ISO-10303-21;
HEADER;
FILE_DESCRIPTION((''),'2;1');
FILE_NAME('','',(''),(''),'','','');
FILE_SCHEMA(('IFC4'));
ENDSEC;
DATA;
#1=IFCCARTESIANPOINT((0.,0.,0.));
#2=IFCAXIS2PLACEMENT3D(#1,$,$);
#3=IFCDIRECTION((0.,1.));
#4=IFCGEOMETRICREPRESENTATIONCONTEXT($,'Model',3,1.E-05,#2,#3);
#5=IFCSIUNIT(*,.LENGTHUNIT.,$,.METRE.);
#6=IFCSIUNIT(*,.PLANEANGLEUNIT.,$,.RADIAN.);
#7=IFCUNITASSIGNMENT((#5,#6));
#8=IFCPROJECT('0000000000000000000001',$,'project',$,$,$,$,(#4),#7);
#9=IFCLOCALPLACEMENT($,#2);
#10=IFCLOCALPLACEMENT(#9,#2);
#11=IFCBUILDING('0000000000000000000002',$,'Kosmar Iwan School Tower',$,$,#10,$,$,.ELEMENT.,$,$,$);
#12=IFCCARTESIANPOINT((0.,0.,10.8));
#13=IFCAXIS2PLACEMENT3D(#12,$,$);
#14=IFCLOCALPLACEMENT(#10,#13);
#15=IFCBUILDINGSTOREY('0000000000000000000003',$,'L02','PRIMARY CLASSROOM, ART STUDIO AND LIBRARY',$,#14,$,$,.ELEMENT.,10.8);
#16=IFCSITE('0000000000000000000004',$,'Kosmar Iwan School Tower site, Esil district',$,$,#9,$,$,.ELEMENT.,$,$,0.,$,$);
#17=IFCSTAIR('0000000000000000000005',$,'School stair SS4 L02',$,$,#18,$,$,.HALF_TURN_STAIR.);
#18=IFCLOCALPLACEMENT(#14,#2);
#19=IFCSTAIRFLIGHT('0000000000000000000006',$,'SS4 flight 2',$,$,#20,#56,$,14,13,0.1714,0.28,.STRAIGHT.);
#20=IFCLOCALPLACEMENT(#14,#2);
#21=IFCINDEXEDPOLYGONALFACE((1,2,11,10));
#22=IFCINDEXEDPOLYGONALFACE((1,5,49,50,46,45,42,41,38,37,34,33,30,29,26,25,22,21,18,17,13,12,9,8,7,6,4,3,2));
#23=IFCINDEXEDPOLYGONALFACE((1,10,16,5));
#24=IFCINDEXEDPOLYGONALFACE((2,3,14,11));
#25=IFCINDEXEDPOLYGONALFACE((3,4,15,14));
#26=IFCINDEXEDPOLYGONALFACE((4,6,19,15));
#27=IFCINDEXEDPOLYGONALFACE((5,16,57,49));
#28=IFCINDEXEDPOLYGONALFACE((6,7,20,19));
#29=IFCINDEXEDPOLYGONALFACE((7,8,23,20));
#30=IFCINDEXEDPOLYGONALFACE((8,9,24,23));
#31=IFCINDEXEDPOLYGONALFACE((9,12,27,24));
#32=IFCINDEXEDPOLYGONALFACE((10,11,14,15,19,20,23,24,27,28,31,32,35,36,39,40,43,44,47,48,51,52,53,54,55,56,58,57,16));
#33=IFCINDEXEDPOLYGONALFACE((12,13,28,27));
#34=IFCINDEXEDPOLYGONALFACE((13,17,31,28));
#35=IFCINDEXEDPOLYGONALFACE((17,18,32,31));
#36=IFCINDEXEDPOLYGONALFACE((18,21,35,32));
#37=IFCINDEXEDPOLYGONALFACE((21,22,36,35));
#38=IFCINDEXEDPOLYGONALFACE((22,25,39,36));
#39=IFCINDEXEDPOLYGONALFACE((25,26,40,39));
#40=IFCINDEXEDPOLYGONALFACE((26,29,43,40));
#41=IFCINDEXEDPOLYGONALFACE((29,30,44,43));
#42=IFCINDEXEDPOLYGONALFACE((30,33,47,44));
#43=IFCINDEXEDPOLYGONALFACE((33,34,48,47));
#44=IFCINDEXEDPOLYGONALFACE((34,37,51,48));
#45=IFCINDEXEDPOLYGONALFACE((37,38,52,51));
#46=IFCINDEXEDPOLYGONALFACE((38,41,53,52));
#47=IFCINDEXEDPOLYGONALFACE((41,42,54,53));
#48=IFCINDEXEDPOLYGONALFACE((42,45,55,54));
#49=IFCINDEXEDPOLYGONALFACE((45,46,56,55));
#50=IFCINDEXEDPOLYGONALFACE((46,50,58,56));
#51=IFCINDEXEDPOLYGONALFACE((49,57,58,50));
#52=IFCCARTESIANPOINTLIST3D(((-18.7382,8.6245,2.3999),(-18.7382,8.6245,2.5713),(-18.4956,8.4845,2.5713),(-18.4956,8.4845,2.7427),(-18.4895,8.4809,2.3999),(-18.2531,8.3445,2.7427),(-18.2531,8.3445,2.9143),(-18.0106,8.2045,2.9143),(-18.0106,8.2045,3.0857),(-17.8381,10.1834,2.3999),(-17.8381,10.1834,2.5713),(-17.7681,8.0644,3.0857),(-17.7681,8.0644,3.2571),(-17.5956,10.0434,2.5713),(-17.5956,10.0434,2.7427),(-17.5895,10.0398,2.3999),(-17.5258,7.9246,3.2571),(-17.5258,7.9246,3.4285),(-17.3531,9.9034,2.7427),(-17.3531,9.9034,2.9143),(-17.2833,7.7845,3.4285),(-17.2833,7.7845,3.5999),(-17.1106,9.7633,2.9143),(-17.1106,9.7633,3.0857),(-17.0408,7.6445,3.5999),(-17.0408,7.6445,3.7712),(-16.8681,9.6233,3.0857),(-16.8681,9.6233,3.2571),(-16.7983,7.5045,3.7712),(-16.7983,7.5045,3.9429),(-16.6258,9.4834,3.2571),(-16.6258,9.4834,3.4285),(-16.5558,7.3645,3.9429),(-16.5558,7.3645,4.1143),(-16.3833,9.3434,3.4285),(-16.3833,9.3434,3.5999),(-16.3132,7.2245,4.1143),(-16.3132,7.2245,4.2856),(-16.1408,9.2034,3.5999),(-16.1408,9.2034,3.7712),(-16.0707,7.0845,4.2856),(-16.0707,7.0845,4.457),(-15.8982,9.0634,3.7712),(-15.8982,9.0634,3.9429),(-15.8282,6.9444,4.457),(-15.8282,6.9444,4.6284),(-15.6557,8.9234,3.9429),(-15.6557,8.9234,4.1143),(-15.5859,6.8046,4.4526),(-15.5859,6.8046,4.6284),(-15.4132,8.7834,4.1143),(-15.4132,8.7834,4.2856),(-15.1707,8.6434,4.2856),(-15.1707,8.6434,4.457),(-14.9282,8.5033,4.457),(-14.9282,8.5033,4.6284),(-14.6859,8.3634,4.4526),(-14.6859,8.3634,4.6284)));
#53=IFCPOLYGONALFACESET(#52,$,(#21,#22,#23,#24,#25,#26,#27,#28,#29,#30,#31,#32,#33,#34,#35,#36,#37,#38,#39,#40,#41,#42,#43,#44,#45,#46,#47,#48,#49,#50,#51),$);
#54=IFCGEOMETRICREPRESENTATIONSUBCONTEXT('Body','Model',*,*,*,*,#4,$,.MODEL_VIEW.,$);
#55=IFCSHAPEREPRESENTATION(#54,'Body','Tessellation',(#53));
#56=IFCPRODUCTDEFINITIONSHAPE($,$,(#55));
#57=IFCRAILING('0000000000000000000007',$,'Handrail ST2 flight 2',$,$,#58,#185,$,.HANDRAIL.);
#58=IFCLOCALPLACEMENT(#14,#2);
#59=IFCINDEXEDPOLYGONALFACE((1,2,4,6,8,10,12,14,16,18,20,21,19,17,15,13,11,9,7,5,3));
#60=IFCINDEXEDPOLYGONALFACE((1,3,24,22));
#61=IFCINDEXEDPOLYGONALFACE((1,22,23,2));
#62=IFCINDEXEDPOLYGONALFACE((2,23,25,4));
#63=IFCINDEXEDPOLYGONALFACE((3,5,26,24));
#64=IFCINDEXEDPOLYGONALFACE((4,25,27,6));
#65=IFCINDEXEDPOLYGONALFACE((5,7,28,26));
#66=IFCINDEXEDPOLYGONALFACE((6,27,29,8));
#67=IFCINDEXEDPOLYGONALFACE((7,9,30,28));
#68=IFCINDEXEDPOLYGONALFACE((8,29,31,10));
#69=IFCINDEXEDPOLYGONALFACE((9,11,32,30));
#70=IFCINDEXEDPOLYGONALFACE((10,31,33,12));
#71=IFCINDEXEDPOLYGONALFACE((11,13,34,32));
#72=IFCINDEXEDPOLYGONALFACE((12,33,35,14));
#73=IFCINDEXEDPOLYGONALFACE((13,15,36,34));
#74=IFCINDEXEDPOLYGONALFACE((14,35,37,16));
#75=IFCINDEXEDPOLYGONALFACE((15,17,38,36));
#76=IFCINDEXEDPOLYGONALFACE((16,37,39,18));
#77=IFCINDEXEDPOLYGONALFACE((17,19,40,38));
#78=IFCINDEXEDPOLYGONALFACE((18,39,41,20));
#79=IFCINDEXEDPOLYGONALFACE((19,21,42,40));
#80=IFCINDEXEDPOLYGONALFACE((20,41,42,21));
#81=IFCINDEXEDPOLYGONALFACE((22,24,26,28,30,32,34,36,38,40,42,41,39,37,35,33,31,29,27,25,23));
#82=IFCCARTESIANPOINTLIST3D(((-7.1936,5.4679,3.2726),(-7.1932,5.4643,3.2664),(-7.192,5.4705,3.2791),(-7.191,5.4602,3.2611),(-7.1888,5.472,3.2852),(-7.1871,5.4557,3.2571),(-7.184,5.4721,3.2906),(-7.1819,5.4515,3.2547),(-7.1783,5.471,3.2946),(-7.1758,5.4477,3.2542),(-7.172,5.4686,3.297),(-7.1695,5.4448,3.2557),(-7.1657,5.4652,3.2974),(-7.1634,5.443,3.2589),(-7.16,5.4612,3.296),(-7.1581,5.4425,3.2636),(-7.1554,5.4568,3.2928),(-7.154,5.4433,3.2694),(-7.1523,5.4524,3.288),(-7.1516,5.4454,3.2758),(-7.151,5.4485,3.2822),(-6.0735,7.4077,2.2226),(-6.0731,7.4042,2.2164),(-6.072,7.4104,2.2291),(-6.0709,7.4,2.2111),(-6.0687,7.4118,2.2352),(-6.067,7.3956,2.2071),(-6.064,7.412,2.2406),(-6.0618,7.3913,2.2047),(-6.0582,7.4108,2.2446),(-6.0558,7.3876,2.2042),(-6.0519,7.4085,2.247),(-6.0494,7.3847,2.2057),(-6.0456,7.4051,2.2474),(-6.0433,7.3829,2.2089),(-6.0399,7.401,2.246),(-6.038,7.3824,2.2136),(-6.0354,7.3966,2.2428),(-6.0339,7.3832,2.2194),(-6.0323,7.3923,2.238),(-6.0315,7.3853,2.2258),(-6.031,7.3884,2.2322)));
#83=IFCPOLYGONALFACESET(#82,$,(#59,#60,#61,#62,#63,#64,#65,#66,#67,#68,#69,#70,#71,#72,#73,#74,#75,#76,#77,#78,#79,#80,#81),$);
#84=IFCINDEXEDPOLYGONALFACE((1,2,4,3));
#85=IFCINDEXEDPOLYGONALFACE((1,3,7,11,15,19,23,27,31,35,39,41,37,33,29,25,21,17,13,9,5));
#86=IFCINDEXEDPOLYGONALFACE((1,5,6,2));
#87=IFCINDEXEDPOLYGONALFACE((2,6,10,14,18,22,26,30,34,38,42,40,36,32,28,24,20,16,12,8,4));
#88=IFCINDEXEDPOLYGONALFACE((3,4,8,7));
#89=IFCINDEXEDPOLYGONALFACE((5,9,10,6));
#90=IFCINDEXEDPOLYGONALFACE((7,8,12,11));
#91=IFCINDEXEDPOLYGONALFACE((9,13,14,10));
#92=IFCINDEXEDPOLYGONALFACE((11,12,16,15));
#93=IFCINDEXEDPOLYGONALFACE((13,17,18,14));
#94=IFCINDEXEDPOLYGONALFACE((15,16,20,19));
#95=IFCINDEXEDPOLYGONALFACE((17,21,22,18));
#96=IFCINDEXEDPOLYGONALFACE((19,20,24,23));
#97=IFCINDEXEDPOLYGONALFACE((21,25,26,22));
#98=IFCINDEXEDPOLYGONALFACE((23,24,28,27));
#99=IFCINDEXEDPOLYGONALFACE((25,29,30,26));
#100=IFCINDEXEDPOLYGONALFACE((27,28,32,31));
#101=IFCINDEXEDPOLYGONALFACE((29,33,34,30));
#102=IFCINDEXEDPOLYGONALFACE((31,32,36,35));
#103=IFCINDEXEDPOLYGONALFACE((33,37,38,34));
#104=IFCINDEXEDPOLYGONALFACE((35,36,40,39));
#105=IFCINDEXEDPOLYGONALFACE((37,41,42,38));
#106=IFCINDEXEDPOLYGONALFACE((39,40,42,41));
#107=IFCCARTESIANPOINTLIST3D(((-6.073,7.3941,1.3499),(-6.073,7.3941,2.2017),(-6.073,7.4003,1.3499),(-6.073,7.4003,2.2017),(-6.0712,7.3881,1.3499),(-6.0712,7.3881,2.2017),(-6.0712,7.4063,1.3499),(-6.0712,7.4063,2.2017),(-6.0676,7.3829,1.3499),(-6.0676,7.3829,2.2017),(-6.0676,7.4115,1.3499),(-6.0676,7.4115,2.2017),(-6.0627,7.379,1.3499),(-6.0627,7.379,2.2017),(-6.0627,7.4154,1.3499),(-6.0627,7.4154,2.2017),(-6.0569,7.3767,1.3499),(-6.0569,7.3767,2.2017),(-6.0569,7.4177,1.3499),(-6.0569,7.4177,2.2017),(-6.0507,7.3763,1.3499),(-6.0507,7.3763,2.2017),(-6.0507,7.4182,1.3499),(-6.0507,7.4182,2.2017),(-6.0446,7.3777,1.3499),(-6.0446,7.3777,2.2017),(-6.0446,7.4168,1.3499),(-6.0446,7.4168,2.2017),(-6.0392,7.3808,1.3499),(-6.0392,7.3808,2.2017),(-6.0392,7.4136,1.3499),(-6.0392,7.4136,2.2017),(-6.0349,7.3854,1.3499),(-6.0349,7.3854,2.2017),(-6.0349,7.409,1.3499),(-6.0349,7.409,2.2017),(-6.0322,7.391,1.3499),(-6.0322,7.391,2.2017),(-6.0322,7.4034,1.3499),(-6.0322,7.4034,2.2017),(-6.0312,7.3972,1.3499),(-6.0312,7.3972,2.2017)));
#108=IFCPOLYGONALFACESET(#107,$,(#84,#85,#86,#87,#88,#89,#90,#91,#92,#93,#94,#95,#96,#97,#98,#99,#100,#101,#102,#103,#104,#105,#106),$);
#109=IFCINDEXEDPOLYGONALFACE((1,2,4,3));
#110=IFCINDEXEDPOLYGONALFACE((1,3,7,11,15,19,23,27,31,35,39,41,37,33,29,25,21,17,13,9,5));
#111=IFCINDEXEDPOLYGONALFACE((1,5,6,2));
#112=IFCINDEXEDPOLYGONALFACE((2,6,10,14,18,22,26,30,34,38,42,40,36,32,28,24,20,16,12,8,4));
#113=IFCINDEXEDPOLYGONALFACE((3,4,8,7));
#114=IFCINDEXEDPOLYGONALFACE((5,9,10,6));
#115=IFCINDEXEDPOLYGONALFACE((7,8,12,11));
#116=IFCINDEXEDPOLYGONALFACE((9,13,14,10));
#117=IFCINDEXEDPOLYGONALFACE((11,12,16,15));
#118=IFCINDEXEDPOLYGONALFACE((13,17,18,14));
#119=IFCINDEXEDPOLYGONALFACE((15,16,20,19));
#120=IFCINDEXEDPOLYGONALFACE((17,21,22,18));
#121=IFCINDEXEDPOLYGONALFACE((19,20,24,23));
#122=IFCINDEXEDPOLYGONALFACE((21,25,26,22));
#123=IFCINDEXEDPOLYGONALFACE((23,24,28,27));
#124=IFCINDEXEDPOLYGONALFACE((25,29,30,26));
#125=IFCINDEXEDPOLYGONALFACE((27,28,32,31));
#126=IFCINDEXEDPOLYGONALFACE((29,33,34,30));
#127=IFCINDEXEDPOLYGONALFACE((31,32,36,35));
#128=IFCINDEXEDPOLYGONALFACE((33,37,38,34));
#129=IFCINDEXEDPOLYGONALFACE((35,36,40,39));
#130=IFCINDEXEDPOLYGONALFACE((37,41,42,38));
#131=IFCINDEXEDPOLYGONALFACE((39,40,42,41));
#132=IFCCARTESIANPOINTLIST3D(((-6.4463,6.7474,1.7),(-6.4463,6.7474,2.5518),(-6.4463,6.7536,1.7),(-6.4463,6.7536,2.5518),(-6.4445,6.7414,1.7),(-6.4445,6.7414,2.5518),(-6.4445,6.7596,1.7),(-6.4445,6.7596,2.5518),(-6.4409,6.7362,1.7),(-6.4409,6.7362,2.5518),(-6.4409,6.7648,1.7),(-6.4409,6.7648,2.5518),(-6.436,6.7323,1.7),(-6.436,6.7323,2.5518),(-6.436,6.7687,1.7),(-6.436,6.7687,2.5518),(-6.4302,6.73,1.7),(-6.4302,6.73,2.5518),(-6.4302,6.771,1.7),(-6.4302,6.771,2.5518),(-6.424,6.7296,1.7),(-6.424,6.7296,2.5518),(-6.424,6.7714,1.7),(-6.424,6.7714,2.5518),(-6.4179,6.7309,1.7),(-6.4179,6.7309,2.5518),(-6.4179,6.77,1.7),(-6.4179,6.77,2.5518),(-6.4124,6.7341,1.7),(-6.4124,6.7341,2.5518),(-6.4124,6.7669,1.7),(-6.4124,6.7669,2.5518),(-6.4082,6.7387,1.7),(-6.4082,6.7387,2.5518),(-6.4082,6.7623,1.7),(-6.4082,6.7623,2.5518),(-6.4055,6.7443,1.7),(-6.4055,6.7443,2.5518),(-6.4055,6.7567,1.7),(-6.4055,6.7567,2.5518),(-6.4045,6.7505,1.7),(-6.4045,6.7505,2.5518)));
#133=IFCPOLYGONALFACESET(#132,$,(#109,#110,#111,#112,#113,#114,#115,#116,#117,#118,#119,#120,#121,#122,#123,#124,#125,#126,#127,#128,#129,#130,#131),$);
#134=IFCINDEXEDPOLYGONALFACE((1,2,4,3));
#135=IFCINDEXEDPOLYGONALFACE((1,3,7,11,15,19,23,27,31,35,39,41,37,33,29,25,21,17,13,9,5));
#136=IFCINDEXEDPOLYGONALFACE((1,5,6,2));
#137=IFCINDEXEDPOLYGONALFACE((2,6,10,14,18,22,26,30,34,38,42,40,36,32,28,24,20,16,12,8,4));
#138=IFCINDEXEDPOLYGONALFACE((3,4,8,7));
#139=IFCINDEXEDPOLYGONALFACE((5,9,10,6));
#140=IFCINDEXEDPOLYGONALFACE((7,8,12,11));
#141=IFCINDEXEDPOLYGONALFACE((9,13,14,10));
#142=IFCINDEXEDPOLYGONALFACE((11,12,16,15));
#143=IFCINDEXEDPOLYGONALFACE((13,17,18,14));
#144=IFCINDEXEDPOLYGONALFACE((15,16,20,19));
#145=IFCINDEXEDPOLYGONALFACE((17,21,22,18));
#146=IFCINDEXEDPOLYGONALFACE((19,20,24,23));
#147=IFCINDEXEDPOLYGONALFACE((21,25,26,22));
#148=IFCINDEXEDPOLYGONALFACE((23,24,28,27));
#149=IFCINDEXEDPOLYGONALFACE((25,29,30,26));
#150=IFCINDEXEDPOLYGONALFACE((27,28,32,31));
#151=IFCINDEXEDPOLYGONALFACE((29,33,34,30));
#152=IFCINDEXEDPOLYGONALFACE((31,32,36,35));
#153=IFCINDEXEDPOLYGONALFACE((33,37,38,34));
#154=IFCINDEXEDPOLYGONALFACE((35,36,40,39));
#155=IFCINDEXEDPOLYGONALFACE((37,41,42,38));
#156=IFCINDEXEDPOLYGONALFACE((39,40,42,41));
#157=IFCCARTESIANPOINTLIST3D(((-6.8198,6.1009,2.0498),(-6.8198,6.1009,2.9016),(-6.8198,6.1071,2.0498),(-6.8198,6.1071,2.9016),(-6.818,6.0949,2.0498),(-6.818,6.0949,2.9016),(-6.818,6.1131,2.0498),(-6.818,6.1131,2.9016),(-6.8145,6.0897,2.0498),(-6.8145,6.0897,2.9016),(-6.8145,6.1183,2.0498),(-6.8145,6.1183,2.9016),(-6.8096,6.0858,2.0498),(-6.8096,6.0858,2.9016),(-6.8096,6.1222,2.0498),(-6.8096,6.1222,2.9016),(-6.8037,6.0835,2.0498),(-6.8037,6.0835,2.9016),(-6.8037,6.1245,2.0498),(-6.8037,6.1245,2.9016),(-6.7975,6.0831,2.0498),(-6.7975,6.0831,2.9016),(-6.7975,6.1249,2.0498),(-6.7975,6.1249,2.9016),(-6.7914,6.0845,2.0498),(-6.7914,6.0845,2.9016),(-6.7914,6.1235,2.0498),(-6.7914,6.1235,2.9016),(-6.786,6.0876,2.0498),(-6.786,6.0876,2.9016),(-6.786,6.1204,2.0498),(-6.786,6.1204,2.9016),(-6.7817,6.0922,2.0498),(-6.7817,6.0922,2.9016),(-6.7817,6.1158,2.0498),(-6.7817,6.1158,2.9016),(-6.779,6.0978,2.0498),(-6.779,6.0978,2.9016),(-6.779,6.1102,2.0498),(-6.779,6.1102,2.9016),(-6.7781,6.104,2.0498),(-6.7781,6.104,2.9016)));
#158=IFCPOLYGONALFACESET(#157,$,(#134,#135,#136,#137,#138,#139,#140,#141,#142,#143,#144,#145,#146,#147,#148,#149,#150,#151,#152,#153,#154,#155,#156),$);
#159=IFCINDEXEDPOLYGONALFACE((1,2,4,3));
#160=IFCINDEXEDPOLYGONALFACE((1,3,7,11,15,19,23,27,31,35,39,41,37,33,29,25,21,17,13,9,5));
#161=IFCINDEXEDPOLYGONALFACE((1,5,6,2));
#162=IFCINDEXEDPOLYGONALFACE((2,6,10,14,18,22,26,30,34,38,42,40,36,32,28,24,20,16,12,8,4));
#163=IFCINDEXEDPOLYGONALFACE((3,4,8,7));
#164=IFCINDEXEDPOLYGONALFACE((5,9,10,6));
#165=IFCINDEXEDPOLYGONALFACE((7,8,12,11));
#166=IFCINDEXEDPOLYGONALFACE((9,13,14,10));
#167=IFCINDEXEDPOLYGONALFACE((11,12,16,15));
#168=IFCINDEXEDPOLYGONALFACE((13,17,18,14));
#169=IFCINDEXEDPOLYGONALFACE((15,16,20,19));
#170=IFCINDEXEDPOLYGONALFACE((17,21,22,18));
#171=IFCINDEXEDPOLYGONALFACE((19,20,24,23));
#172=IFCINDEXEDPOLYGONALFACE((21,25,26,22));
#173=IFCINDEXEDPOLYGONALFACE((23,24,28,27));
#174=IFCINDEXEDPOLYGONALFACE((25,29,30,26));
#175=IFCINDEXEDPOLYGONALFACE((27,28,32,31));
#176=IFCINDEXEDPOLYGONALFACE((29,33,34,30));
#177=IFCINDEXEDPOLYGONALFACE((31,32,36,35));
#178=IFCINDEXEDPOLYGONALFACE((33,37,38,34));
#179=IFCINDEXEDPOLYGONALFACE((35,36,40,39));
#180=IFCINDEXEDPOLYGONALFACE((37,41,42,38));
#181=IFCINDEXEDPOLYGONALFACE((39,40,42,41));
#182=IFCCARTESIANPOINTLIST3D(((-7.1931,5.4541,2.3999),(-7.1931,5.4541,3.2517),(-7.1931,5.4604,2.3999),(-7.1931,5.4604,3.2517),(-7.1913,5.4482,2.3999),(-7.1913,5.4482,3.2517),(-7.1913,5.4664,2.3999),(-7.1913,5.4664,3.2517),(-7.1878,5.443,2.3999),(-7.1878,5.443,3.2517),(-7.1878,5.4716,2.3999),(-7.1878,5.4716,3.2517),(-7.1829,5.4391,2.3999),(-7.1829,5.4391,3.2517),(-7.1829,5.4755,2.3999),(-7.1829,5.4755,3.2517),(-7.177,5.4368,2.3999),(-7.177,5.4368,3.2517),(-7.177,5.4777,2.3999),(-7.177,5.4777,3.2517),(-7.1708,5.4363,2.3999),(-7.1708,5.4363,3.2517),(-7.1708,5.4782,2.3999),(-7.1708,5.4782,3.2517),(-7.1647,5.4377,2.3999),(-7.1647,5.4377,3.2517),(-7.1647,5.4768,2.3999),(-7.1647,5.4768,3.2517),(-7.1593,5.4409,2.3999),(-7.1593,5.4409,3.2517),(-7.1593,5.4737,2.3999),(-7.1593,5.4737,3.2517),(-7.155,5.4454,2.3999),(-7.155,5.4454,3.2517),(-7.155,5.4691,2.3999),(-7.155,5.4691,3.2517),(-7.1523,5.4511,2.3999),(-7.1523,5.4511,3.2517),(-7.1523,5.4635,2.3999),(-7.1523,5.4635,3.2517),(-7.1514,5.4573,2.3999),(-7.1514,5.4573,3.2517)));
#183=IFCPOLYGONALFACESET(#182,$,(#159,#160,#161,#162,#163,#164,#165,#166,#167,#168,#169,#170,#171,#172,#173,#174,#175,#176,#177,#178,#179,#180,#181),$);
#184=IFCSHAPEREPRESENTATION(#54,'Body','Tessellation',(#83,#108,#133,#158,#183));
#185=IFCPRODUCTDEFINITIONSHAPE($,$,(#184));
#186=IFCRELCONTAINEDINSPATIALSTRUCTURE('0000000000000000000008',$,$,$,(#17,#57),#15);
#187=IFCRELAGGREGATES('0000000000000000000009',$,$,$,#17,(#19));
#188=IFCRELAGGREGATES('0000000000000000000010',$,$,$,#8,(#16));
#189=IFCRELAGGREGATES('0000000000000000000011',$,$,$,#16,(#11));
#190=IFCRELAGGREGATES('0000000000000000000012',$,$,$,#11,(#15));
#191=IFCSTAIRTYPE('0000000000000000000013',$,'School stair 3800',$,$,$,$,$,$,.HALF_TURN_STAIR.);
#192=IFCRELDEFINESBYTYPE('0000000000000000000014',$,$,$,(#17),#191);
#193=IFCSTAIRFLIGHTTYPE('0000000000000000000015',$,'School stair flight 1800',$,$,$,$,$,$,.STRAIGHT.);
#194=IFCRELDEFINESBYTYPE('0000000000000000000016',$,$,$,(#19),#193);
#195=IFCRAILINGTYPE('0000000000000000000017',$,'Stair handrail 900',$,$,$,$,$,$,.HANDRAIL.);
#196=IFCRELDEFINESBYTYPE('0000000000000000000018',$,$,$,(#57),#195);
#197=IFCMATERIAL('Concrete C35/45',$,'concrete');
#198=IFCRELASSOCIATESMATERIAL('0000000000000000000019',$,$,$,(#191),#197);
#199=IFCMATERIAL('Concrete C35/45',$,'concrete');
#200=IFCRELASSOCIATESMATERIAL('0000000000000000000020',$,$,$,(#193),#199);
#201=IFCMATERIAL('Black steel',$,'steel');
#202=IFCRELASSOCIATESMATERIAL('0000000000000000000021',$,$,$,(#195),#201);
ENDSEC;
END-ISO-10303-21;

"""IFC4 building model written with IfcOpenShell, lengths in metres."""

from ifc_helpers import new_model, si_unit, direction, frame, origin, origin_2d, place, context, subcontext, project, spatial, polyline, circle, outline, extrude, material, type_object, element, aggregate, save


model = new_model("IFC4")

# Units and contexts
model_context = context("Model", 3, precision=1e-05, world=origin(), true_north=direction((0.0, 1.0)))
body_context = subcontext(model_context, "Body", "Model", "MODEL_VIEW")
ifc_project = project(units=[si_unit("LENGTHUNIT", "METRE"), si_unit("PLANEANGLEUNIT", "RADIAN")], contexts=[model_context])

# Site, building, storey
site_placement = place(None, origin())
site = spatial("IfcSite", under=ifc_project, at=site_placement, Name="Kosmar Iwan School Tower site, Esil district", CompositionType="ELEMENT", RefElevation=0.0)
building_placement = place(site_placement, origin())
building = spatial("IfcBuilding", under=site, at=building_placement, Name="Kosmar Iwan School Tower", CompositionType="ELEMENT")
storey_placement = place(building_placement, frame((0.0, 0.0, 10.8)))
storey = spatial("IfcBuildingStorey", under=building, at=storey_placement, Name="L02", Description="PRIMARY CLASSROOM, ART STUDIO AND LIBRARY", CompositionType="ELEMENT", Elevation=10.8)

# Stair, stair flight
ifc_material_1 = material(Name="Concrete C35/45", Category="concrete")
stair_type = type_object("IfcStairType", Name="School stair 3800", PredefinedType="HALF_TURN_STAIR", material=ifc_material_1)
stair_placement = place(storey_placement, origin())
stair = element("IfcStair", 1, at=stair_placement, inside=storey, type_object=stair_type, Name="School stair SS4 L02", PredefinedType="HALF_TURN_STAIR")
ifc_material_2 = material(Name="Concrete C35/45", Category="concrete")
stair_flight_type = type_object("IfcStairFlightType", Name="School stair flight 1800", PredefinedType="STRAIGHT", material=ifc_material_2)
stair_flight_1_placement = place(storey_placement, frame((-18.2881, 9.4041, 2.3999), z_axis=(0.0, 0.0, 1.0), x_axis=(0.866025, -0.5, 0.0)))
stair_flight_1 = element("IfcStairFlight", 2, at=stair_flight_1_placement, type_object=stair_flight_type, Name="SS4 flight 2", NumberOfRisers=14, NumberOfTreads=13, PredefinedType="STRAIGHT", RiserHeight=0.1714, TreadLength=0.28, context=body_context, shape_type="SweptSolid", body=[
    extrude(outline(polyline([(0.0, 0.0), (0.0, 0.1714), (0.28, 0.1714), (0.28, 0.3428), (0.5601, 0.3428), (0.5601, 0.5144), (0.8401, 0.5144), (0.8401, 0.6858), (1.1201, 0.6858), (1.1201, 0.8572), (1.3999, 0.8572), (1.3999, 1.0286), (1.6799, 1.0286), (1.6799, 1.2), (1.96, 1.2), (1.96, 1.3713), (2.24, 1.3713), (2.24, 1.543), (2.52, 1.543), (2.52, 1.7144), (2.8, 1.7144), (2.8, 1.8857), (3.0801, 1.8857), (3.0801, 2.0571), (3.3601, 2.0571), (3.3601, 2.2285), (3.6399, 2.2285), (3.6399, 2.3999), (3.6399, 2.0527), (0.2871, 0.0), (0.0, 0.0)])), frame((0.0, 0.8999, 0.0), z_axis=(0.0, -1.0, 0.0), x_axis=(1.0, 0.0, 0.0)), (0.0, 0.0, 1.0), 1.8),
])
aggregate(stair, [stair_flight_1])

# Railing
ifc_material_3 = material(Name="Black steel", Category="steel")
railing_type = type_object("IfcRailingType", Name="Stair handrail 900", PredefinedType="HANDRAIL", material=ifc_material_3)
for number, where, name in (
    (3, (-6.0522, 7.3972, 1.3499), "Handrail ST2 flight 2"),
):
    element("IfcRailing", number, at=place(storey_placement, frame(where)), inside=storey, type_object=railing_type, Name=name, PredefinedType="HANDRAIL", context=body_context, shape_type="SweptSolid", body=[
        extrude(circle(Radius=0.0239, at=origin_2d()), frame((0.0, 0.0, 0.876), z_axis=(-0.452757, -0.784134, 0.424435), x_axis=(0.866008, -0.500031, 0.0)), (0.0, 0.0, 1.0), 2.4739),
        extrude(circle(Radius=0.021, at=origin_2d()), origin(), (0.0, 0.0, 1.0), 0.8518),
        extrude(circle(Radius=0.021, at=origin_2d()), frame((-0.3733, -0.6467, 0.3501)), (0.0, 0.0, 1.0), 0.8518),
        extrude(circle(Radius=0.021, at=origin_2d()), frame((-0.7468, -1.2932, 0.7)), (0.0, 0.0, 1.0), 0.8518),
        extrude(circle(Radius=0.021, at=origin_2d()), frame((-1.1201, -1.9399, 1.05)), (0.0, 0.0, 1.0), 0.8518),
    ])

save(model, "model.ifc")
